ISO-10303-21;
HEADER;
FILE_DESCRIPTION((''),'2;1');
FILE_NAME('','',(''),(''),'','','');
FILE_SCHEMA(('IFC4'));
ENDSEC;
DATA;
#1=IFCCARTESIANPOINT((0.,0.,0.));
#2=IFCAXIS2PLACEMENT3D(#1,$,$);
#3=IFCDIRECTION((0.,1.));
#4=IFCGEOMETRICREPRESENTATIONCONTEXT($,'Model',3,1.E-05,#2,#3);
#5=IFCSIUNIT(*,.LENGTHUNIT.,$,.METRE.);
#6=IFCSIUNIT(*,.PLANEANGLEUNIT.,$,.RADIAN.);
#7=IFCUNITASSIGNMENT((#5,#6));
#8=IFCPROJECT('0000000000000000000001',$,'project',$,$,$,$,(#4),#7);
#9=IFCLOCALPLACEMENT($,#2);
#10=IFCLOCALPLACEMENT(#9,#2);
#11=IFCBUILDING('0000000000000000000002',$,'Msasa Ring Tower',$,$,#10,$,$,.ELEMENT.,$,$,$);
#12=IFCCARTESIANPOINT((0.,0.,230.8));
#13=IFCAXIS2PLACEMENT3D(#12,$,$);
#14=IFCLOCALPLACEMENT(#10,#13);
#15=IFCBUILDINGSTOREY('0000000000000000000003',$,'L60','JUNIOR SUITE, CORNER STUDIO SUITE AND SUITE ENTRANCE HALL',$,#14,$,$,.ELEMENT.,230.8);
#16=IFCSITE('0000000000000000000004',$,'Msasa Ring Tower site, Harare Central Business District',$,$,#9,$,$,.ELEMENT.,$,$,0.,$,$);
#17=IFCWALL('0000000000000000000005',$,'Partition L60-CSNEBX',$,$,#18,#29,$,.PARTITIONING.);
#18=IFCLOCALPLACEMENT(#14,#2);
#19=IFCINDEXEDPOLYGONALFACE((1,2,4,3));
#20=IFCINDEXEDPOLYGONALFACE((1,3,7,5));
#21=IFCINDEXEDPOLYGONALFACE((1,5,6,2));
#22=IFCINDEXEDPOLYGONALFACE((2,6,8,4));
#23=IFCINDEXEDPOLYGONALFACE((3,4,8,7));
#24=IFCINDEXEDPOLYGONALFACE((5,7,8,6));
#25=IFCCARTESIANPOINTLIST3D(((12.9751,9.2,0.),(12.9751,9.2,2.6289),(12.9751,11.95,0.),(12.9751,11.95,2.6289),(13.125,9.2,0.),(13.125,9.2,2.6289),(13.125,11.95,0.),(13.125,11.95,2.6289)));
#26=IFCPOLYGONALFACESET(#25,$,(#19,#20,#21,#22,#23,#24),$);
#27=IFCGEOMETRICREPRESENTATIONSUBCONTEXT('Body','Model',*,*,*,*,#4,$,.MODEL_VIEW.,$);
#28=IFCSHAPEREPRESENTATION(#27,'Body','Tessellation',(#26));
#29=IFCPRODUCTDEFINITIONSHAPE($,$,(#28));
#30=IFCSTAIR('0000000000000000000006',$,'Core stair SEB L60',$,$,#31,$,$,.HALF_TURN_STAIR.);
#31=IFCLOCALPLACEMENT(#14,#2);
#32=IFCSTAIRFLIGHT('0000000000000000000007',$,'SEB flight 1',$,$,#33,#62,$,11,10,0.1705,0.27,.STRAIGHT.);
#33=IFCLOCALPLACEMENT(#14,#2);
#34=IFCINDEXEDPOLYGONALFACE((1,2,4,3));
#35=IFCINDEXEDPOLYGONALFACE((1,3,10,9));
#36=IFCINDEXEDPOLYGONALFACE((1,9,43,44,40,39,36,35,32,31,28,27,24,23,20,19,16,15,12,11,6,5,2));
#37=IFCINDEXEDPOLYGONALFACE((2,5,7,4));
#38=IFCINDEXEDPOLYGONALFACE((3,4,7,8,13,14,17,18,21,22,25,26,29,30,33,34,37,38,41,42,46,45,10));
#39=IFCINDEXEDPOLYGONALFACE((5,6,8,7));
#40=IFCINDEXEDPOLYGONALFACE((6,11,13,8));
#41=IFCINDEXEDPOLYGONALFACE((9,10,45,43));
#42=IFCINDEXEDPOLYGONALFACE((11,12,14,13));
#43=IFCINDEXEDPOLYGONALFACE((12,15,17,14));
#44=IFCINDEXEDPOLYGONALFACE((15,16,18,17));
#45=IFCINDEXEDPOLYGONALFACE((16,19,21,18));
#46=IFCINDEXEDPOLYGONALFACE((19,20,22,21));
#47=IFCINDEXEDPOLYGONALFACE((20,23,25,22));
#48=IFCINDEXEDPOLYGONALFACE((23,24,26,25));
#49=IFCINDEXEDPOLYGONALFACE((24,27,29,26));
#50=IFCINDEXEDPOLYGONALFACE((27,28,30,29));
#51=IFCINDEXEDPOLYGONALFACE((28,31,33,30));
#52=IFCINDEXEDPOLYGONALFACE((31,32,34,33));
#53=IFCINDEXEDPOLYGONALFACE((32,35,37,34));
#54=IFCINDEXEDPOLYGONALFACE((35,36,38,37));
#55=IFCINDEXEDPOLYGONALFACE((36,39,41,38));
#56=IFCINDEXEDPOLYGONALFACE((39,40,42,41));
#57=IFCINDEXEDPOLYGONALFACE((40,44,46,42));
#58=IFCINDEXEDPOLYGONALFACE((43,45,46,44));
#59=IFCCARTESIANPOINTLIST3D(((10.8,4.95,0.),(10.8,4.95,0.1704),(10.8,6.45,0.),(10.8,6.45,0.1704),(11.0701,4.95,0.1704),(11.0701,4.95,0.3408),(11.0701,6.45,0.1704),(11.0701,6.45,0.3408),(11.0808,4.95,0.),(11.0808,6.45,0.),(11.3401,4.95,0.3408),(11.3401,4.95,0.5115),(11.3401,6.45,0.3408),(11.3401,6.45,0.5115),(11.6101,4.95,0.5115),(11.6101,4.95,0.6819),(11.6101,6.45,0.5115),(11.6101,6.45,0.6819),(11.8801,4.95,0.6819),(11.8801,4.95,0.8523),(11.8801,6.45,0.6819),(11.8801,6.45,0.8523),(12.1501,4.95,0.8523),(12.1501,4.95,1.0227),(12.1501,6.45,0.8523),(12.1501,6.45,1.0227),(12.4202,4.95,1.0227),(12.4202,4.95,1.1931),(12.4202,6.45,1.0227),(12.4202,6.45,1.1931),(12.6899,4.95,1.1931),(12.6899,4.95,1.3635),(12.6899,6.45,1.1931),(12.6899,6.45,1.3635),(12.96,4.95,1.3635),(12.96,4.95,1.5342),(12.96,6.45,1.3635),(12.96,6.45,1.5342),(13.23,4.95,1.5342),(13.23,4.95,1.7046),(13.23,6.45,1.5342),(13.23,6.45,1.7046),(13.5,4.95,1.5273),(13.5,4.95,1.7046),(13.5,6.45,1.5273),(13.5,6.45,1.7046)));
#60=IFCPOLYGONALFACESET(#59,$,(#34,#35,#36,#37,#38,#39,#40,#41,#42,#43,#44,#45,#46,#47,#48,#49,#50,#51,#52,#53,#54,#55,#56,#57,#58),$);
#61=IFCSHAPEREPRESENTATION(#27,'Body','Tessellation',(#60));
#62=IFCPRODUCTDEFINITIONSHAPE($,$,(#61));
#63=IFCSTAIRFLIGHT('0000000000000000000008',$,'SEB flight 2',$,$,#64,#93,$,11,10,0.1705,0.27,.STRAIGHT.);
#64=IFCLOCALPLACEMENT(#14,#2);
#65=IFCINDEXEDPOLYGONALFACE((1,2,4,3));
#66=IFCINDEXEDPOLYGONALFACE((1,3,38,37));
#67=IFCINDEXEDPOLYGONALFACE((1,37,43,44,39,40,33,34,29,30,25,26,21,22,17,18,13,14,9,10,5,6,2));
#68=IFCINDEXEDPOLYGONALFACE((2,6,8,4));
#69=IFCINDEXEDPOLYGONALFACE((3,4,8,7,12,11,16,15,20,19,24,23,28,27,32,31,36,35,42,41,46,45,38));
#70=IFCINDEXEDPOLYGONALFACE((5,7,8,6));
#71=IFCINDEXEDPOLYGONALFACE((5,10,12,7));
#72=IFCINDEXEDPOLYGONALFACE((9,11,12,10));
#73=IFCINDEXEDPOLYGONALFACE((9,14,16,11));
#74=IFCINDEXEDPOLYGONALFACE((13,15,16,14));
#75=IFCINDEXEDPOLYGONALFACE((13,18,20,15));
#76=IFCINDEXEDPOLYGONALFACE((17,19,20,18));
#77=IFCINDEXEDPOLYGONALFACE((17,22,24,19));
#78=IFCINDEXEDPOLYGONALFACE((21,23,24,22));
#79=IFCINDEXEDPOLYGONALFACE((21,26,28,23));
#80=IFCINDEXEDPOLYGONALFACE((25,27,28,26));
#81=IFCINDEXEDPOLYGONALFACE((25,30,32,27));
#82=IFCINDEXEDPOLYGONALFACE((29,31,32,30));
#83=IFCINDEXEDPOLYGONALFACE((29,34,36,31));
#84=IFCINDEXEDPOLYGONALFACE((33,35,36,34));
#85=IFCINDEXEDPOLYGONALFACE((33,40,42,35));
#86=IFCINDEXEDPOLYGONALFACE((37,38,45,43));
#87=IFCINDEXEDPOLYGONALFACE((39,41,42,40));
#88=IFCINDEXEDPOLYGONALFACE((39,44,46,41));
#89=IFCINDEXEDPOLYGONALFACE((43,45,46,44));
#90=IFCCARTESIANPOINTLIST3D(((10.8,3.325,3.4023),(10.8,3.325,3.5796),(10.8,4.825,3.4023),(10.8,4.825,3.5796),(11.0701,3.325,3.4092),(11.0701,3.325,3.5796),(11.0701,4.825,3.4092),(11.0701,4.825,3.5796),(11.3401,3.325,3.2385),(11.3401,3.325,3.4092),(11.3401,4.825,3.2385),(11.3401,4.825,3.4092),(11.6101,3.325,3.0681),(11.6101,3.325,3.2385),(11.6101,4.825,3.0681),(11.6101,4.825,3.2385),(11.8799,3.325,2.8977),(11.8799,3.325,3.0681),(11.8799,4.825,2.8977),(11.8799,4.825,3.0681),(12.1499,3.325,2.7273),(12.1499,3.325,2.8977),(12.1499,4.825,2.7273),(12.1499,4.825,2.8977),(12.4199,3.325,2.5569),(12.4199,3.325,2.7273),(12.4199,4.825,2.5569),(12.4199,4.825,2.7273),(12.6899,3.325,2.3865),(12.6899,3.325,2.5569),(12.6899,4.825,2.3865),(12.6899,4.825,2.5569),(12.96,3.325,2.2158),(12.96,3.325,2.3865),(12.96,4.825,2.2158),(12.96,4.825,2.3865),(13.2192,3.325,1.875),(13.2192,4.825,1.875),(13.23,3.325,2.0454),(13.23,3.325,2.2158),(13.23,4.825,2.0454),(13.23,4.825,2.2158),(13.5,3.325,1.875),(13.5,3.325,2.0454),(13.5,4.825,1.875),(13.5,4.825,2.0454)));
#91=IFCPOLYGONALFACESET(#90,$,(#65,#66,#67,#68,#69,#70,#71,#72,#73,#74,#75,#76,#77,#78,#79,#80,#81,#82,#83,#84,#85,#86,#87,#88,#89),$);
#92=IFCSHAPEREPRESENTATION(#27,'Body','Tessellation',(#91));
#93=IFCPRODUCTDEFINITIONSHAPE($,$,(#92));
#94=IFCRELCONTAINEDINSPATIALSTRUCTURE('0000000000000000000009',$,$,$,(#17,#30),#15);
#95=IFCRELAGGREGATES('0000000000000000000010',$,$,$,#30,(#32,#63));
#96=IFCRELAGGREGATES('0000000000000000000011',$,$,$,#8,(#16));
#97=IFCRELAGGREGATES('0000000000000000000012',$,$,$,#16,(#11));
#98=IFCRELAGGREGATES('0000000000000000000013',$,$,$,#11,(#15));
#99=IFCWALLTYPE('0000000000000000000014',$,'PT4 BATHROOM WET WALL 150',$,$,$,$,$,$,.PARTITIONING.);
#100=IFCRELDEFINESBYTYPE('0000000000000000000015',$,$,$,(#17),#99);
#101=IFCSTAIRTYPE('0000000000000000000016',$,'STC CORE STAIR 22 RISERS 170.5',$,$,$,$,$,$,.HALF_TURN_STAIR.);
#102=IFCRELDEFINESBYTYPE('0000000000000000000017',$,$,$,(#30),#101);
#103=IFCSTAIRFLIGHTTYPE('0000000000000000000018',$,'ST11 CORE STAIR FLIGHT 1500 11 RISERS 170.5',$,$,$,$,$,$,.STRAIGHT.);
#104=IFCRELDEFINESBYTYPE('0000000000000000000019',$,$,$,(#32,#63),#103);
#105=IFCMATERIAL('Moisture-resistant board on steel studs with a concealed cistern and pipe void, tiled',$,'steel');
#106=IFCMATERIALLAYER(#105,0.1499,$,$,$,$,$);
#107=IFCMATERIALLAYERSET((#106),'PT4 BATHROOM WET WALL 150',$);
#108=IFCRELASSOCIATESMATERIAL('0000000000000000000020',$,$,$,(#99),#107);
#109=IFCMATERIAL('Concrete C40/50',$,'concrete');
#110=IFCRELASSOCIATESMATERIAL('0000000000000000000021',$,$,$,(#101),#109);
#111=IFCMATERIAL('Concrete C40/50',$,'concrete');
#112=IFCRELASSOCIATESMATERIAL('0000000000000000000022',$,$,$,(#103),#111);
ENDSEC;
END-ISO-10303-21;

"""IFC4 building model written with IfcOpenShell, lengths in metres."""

from ifc_helpers import new_model, si_unit, direction, frame, frame_2d, origin, place, context, subcontext, project, spatial, polyline, rectangle, outline, extrude, material, layer, layer_set, type_object, element, aggregate, save


model = new_model("IFC4")

# Units and contexts
model_context = context("Model", 3, precision=1e-05, world=origin(), true_north=direction((0.0, 1.0)))
body_context = subcontext(model_context, "Body", "Model", "MODEL_VIEW")
ifc_project = project(units=[si_unit("LENGTHUNIT", "METRE"), si_unit("PLANEANGLEUNIT", "RADIAN")], contexts=[model_context])

# Site, building, storey
site_placement = place(None, origin())
site = spatial("IfcSite", under=ifc_project, at=site_placement, Name="Msasa Ring Tower site, Harare Central Business District", CompositionType="ELEMENT", RefElevation=0.0)
building_placement = place(site_placement, origin())
building = spatial("IfcBuilding", under=site, at=building_placement, Name="Msasa Ring Tower", CompositionType="ELEMENT")
storey_placement = place(building_placement, frame((0.0, 0.0, 230.8)))
storey = spatial("IfcBuildingStorey", under=building, at=storey_placement, Name="L60", Description="JUNIOR SUITE, CORNER STUDIO SUITE AND SUITE ENTRANCE HALL", CompositionType="ELEMENT", Elevation=230.8)

# Wall
ifc_material_1 = material(Name="Moisture-resistant board on steel studs with a concealed cistern and pipe void, tiled", Category="steel")
ifc_layer_1 = layer(ifc_material_1, 0.1499)
ifc_layer_set_1 = layer_set([ifc_layer_1], Name="PT4 BATHROOM WET WALL 150")
wall_type_1 = type_object("IfcWallType", Name="PT4 BATHROOM WET WALL 150", PredefinedType="PARTITIONING", material=ifc_layer_set_1)
wall_1_placement = place(storey_placement, frame((13.05, 9.2, 0.0), z_axis=(0.0, 0.0, 1.0), x_axis=(0.0, 1.0, 0.0)))
element("IfcWall", 1, at=wall_1_placement, inside=storey, type_object=wall_type_1, Name="Partition L60-CSNEBX", PredefinedType="PARTITIONING", context=body_context, shape_type="SweptSolid", body=[
    extrude(rectangle(XDim=2.75, YDim=0.1499, at=frame_2d((1.375, 0.0))), origin(), (0.0, 0.0, 1.0), 2.6289),
])

# Stair, stair flights
ifc_material_2 = material(Name="Concrete C40/50", Category="concrete")
stair_type = type_object("IfcStairType", Name="STC CORE STAIR 22 RISERS 170.5", PredefinedType="HALF_TURN_STAIR", material=ifc_material_2)
stair_placement = place(storey_placement, origin())
stair = element("IfcStair", 2, at=stair_placement, inside=storey, type_object=stair_type, Name="Core stair SEB L60", PredefinedType="HALF_TURN_STAIR")
ifc_material_3 = material(Name="Concrete C40/50", Category="concrete")
stair_flight_type = type_object("IfcStairFlightType", Name="ST11 CORE STAIR FLIGHT 1500 11 RISERS 170.5", PredefinedType="STRAIGHT", material=ifc_material_3)
stair_flight_1_placement = place(storey_placement, frame((10.8, 5.7, 0.0), z_axis=(0.0, 0.0, 1.0), x_axis=(1.0, 0.0, 0.0)))
stair_flight_1 = element("IfcStairFlight", 3, at=stair_flight_1_placement, type_object=stair_flight_type, Name="SEB flight 1", NumberOfRisers=11, NumberOfTreads=10, PredefinedType="STRAIGHT", RiserHeight=0.1705, TreadLength=0.27, context=body_context, shape_type="SweptSolid", body=[
    extrude(outline(polyline([(0.0, 0.0), (0.0, 0.1704), (0.27, 0.1704), (0.27, 0.3408), (0.54, 0.3408), (0.54, 0.5115), (0.8101, 0.5115), (0.8101, 0.6819), (1.0801, 0.6819), (1.0801, 0.8523), (1.3501, 0.8523), (1.3501, 1.0227), (1.6201, 1.0227), (1.6201, 1.1931), (1.8899, 1.1931), (1.8899, 1.3635), (2.1599, 1.3635), (2.1599, 1.5342), (2.4299, 1.5342), (2.4299, 1.7046), (2.7, 1.7046), (2.7, 1.875), (2.7, 1.5273), (0.2808, 0.0), (0.0, 0.0)])), frame((0.0, 0.75, 0.0), z_axis=(0.0, -1.0, 0.0), x_axis=(1.0, 0.0, 0.0)), (0.0, 0.0, 1.0), 1.5),
])
stair_flight_2_placement = place(storey_placement, frame((13.5, 4.075, 1.875), z_axis=(0.0, 0.0, 1.0), x_axis=(-1.0, 0.0, 0.0)))
stair_flight_2 = element("IfcStairFlight", 4, at=stair_flight_2_placement, type_object=stair_flight_type, Name="SEB flight 2", NumberOfRisers=11, NumberOfTreads=10, PredefinedType="STRAIGHT", RiserHeight=0.1705, TreadLength=0.27, context=body_context, shape_type="SweptSolid", body=[
    extrude(outline(polyline([(0.0, 0.0), (0.0, 0.1704), (0.27, 0.1704), (0.27, 0.3408), (0.54, 0.3408), (0.54, 0.5115), (0.8101, 0.5115), (0.8101, 0.6819), (1.0801, 0.6819), (1.0801, 0.8523), (1.3501, 0.8523), (1.3501, 1.0227), (1.6201, 1.0227), (1.6201, 1.1931), (1.8899, 1.1931), (1.8899, 1.3635), (2.1599, 1.3635), (2.1599, 1.5342), (2.4299, 1.5342), (2.4299, 1.7046), (2.7, 1.7046), (2.7, 1.875), (2.7, 1.5273), (0.2808, 0.0), (0.0, 0.0)])), frame((0.0, 0.75, 0.0), z_axis=(0.0, -1.0, 0.0), x_axis=(1.0, 0.0, 0.0)), (0.0, 0.0, 1.0), 1.5),
])
aggregate(stair, [stair_flight_1, stair_flight_2])

save(model, "model.ifc")
